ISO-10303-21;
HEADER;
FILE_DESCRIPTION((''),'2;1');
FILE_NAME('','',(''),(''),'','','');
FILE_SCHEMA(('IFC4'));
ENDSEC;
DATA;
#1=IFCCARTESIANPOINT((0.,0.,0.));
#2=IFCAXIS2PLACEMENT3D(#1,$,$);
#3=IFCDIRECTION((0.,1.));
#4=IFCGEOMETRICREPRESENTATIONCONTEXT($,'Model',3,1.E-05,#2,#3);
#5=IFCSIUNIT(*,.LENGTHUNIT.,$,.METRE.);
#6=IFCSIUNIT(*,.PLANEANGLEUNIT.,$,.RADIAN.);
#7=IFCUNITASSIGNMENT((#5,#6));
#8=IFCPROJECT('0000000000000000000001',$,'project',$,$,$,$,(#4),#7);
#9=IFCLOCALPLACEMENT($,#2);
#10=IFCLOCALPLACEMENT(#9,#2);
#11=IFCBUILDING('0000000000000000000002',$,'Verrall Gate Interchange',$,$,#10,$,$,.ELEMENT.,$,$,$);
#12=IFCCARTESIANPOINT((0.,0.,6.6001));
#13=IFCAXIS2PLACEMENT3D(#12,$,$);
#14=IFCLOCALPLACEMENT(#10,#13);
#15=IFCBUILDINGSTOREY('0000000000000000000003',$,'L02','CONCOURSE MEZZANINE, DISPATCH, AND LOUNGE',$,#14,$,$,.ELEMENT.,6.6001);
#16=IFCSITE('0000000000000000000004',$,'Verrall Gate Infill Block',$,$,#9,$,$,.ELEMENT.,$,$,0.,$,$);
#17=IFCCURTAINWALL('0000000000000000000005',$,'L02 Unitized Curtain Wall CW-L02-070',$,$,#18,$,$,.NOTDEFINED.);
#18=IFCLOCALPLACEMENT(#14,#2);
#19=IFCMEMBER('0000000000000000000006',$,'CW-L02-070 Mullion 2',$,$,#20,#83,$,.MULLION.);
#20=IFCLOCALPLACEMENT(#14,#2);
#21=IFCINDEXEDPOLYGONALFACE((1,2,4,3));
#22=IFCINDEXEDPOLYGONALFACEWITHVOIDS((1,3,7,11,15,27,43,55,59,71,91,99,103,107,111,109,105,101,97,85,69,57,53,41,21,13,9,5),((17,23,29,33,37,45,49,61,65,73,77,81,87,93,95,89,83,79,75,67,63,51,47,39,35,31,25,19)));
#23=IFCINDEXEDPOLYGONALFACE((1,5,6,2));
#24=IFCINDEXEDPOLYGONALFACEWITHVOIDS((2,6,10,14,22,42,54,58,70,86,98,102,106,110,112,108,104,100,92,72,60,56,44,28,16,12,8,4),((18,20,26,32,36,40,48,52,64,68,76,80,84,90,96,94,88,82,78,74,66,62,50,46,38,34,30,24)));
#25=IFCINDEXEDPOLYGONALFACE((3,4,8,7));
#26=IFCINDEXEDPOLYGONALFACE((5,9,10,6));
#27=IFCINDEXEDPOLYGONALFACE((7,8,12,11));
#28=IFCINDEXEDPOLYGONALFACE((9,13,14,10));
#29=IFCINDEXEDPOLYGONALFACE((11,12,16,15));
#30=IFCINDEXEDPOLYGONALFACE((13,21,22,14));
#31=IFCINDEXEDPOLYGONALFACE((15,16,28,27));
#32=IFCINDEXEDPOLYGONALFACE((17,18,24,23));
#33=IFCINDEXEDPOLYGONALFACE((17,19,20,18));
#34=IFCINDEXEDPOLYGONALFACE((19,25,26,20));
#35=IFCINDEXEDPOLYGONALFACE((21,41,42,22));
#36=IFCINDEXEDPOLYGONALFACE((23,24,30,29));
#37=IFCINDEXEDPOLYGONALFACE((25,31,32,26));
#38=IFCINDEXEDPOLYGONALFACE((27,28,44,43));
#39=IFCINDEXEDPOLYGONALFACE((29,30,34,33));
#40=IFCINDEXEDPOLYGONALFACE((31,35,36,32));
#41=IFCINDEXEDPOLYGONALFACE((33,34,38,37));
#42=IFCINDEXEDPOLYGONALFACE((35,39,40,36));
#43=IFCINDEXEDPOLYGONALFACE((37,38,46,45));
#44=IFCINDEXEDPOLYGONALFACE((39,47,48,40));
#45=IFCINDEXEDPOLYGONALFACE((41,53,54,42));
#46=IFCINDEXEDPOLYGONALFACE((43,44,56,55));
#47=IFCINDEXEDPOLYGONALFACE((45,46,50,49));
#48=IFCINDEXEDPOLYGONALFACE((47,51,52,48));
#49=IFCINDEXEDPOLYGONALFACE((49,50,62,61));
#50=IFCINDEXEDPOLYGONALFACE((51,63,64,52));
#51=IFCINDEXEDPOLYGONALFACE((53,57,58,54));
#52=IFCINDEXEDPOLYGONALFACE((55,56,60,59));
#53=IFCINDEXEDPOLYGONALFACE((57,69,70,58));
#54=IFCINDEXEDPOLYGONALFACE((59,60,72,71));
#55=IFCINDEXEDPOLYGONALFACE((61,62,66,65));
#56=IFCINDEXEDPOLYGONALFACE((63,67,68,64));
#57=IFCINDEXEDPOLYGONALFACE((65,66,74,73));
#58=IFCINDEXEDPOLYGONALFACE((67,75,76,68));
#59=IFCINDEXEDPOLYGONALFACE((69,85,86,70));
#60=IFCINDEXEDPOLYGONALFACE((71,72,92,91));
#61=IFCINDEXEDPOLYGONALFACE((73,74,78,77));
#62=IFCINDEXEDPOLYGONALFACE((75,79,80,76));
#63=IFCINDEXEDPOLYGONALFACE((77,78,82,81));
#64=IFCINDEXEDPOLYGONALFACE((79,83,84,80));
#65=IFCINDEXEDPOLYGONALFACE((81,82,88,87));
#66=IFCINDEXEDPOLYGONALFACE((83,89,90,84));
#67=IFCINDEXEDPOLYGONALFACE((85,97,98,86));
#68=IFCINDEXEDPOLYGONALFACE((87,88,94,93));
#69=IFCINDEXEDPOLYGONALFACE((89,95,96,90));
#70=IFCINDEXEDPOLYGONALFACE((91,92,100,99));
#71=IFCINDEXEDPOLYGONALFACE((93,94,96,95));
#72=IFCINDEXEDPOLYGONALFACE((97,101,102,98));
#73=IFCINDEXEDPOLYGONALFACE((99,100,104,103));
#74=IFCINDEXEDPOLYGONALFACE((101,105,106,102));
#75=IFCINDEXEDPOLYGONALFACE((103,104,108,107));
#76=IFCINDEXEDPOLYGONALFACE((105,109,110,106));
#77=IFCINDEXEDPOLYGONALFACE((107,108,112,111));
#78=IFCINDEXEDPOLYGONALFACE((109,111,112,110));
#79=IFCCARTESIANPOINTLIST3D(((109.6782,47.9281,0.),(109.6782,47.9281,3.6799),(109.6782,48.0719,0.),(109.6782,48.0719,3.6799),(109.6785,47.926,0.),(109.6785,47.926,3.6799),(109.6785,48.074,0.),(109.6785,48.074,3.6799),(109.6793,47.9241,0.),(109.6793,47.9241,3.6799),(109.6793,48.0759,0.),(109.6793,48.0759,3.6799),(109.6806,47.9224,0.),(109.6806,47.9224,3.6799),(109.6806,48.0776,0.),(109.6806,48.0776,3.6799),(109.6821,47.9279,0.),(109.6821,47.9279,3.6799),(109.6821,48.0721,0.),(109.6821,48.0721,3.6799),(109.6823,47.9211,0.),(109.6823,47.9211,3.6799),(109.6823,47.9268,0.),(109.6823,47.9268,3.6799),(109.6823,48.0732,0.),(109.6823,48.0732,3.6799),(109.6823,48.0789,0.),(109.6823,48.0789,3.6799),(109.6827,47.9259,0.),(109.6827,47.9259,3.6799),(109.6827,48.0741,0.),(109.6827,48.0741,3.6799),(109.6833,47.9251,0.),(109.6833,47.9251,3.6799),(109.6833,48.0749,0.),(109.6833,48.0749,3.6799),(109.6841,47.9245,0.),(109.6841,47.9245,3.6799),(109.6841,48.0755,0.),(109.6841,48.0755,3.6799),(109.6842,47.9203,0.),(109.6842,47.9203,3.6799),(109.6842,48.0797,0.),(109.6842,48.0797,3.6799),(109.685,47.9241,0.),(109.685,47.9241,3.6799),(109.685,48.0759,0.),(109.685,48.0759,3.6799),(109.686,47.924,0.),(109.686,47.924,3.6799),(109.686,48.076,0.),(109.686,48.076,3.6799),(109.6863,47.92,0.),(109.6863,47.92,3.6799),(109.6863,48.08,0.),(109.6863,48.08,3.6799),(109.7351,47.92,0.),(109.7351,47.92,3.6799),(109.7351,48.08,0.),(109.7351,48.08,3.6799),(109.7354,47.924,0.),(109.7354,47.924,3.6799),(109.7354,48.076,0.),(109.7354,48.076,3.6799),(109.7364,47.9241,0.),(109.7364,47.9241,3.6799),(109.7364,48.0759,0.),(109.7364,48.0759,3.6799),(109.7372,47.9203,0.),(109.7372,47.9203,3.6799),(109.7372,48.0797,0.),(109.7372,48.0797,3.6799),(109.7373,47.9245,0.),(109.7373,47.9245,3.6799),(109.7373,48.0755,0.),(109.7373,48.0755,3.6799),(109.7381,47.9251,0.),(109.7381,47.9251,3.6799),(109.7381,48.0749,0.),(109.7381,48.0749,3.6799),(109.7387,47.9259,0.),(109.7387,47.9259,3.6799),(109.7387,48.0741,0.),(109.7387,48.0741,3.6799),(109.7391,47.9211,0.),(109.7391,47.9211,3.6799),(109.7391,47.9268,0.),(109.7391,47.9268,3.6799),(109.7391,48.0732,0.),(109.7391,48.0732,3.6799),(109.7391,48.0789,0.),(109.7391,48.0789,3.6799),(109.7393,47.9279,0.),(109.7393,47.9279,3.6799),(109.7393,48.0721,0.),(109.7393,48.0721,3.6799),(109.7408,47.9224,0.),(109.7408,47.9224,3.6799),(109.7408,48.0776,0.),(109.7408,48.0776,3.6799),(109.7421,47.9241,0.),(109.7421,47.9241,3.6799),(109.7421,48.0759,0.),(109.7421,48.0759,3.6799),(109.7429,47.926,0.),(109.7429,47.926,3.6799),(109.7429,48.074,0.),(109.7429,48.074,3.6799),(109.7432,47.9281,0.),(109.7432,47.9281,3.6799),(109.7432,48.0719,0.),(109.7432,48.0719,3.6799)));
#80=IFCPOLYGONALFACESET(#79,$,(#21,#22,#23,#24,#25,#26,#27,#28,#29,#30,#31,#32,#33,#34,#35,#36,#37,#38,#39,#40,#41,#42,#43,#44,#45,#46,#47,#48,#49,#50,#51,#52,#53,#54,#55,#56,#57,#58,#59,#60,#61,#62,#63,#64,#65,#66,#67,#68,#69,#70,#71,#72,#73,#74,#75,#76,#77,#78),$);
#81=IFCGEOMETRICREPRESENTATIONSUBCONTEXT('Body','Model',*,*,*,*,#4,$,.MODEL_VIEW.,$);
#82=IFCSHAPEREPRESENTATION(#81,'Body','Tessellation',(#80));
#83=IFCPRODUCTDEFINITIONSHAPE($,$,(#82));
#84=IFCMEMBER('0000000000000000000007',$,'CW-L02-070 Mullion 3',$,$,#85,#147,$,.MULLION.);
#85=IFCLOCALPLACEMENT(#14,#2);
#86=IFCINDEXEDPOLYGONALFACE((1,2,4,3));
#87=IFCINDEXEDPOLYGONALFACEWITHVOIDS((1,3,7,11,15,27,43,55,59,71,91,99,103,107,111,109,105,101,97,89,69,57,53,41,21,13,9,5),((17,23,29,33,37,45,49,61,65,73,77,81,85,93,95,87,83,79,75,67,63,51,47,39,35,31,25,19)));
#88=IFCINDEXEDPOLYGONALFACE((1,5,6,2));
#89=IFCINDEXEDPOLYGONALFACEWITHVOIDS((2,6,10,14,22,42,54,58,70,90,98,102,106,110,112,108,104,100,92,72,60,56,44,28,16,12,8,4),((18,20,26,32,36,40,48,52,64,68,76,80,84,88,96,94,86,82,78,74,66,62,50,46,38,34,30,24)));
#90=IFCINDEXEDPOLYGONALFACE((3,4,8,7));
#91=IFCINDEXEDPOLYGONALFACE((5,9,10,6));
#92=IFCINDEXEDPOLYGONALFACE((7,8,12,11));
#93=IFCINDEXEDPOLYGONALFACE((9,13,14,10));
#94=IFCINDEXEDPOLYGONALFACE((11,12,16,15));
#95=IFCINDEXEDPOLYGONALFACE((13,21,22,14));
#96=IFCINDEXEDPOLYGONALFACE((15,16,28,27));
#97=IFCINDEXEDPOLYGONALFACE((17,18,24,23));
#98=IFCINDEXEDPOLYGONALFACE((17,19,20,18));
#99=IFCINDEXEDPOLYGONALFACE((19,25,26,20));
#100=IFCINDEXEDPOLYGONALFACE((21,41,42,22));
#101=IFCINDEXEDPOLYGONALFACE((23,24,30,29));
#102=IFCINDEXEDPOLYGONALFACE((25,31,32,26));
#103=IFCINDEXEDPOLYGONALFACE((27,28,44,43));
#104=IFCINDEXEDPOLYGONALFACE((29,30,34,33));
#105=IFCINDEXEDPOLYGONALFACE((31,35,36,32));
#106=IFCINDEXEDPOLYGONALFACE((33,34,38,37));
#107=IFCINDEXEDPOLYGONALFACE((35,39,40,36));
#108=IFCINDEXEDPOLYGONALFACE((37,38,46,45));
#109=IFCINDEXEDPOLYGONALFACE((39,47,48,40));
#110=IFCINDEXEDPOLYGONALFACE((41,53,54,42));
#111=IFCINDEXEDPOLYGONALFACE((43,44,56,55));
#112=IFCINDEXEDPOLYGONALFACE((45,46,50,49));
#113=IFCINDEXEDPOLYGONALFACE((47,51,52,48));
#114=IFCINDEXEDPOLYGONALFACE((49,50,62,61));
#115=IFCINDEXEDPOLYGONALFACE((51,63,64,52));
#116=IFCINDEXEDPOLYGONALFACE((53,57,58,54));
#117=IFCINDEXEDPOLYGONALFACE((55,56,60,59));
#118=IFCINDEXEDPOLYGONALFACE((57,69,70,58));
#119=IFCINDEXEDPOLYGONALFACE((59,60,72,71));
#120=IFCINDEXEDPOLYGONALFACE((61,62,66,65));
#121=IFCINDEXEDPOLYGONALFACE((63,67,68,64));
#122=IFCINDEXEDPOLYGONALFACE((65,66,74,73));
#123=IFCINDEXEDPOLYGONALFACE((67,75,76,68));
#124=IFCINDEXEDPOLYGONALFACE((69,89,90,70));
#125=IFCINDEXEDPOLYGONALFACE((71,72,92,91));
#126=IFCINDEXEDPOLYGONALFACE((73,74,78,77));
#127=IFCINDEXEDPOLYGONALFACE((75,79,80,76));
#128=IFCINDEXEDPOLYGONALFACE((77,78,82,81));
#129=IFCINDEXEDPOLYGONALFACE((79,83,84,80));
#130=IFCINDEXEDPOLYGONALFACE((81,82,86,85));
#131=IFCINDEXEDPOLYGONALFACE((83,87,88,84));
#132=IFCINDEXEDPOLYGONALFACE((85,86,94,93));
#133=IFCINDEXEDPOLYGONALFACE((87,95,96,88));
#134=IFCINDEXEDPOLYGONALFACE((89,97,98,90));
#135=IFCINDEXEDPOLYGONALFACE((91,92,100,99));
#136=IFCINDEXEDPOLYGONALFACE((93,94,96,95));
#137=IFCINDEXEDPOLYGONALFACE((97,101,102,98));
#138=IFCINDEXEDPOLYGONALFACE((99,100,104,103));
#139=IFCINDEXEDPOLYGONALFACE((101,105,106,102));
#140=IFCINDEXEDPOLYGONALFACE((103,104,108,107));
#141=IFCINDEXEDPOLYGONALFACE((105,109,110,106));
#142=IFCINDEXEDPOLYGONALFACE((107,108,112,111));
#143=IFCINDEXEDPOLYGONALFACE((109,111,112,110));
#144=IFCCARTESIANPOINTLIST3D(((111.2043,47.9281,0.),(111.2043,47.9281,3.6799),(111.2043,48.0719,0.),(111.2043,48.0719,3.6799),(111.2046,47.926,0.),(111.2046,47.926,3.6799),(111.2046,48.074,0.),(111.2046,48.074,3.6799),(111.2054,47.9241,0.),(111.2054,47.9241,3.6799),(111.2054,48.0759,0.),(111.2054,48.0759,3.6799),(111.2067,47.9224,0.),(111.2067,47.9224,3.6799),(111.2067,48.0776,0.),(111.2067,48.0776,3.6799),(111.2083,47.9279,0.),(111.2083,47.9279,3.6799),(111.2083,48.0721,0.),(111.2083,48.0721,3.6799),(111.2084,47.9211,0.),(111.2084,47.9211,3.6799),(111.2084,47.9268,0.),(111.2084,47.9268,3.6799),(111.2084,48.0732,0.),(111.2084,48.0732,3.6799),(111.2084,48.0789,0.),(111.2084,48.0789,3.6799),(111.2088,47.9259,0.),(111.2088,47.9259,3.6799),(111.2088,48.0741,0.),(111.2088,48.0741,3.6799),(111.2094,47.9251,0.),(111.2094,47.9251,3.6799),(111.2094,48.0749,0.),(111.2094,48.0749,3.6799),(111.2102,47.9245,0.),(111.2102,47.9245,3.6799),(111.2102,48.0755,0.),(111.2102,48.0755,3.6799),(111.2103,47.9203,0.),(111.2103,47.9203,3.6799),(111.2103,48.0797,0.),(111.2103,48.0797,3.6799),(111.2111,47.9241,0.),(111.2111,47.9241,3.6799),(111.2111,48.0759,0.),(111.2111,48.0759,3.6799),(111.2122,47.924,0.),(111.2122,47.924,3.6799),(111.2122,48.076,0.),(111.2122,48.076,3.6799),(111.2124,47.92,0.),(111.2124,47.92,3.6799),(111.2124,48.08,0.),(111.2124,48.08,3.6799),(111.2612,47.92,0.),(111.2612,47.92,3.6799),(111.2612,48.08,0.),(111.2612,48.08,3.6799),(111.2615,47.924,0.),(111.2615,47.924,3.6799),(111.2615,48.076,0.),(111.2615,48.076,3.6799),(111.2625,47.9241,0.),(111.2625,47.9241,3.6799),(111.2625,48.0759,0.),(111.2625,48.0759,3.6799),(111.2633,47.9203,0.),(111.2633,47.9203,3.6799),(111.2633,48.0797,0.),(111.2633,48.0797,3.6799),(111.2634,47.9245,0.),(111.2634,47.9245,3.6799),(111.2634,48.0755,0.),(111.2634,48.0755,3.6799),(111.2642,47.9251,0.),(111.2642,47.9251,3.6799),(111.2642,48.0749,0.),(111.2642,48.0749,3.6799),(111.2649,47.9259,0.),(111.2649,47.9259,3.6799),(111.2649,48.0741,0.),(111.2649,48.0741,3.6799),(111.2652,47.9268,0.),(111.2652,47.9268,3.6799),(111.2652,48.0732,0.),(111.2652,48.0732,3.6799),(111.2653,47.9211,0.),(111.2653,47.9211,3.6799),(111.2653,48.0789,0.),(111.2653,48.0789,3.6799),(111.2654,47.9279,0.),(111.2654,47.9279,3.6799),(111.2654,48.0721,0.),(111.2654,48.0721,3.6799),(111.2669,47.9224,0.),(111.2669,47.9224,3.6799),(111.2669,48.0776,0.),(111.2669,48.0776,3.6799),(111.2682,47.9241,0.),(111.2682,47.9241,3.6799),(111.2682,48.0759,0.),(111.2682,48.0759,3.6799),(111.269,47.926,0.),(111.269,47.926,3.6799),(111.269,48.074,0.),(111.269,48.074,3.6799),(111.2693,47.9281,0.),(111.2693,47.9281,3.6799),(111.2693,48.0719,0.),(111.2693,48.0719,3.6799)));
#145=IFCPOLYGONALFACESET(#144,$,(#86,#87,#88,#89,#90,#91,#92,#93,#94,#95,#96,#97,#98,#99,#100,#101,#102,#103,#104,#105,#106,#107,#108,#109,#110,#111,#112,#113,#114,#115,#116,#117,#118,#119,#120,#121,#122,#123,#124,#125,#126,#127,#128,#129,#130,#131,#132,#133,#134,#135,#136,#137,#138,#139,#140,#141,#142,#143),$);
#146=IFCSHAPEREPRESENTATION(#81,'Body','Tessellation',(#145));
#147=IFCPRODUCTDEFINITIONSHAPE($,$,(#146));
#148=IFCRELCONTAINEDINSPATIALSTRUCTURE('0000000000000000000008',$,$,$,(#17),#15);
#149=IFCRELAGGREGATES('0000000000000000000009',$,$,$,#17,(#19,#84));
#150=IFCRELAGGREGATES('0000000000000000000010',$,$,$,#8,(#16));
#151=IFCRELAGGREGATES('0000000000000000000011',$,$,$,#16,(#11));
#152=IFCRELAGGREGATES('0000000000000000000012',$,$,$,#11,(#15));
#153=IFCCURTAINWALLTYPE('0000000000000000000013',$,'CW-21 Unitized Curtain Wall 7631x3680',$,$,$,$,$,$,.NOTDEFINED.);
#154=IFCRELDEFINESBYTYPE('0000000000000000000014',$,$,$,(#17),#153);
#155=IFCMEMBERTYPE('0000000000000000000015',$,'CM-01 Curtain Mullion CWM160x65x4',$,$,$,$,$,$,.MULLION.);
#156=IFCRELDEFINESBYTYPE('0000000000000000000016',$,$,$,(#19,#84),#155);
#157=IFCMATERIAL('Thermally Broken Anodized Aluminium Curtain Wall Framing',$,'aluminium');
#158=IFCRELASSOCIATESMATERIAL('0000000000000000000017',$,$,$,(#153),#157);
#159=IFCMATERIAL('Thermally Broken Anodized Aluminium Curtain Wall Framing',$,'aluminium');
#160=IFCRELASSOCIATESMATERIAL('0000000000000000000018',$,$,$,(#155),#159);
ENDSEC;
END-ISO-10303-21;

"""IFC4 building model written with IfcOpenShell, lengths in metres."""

from ifc_helpers import new_model, si_unit, direction, frame, origin, origin_2d, place, context, subcontext, project, spatial, hollow_rectangle, extrude, material, material_profile, profile_set, type_object, element, aggregate, save


model = new_model("IFC4")

# Units and contexts
model_context = context("Model", 3, precision=1e-05, world=origin(), true_north=direction((0.0, 1.0)))
body_context = subcontext(model_context, "Body", "Model", "MODEL_VIEW")
ifc_project = project(units=[si_unit("LENGTHUNIT", "METRE"), si_unit("PLANEANGLEUNIT", "RADIAN")], contexts=[model_context])

# Site, building, storey
site_placement = place(None, origin())
site = spatial("IfcSite", under=ifc_project, at=site_placement, Name="Verrall Gate Infill Block", CompositionType="ELEMENT", RefElevation=0.0)
building_placement = place(site_placement, origin())
building = spatial("IfcBuilding", under=site, at=building_placement, Name="Verrall Gate Interchange", CompositionType="ELEMENT")
storey_placement = place(building_placement, frame((0.0, 0.0, 6.6001)))
storey = spatial("IfcBuildingStorey", under=building, at=storey_placement, Name="L02", Description="CONCOURSE MEZZANINE, DISPATCH, AND LOUNGE", CompositionType="ELEMENT", Elevation=6.6001)

# Curtain wall, members
ifc_material_1 = material(Name="Thermally Broken Anodized Aluminium Curtain Wall Framing", Category="aluminium")
curtain_wall_type_1 = type_object("IfcCurtainWallType", Name="CW-21 Unitized Curtain Wall 7631x3680", PredefinedType="NOTDEFINED", material=ifc_material_1)
curtain_wall_1_placement = place(storey_placement, origin())
curtain_wall_1 = element("IfcCurtainWall", 1, at=curtain_wall_1_placement, inside=storey, type_object=curtain_wall_type_1, Name="L02 Unitized Curtain Wall CW-L02-070", PredefinedType="NOTDEFINED")
ifc_material_2 = material(Name="Thermally Broken Anodized Aluminium Curtain Wall Framing", Category="aluminium")
ifc_material_profile_1 = material_profile(ifc_material_2, hollow_rectangle(XDim=0.0649, YDim=0.1599, WallThickness=0.0039, InnerFilletRadius=0.0039, OuterFilletRadius=0.0081, at=origin_2d()), Name="CWM160x65x4")
ifc_profile_set_1 = profile_set([ifc_material_profile_1], Name="Thermally Broken Anodized Aluminium Curtain Wall Framing")
member_type_1 = type_object("IfcMemberType", Name="CM-01 Curtain Mullion CWM160x65x4", PredefinedType="MULLION", material=ifc_profile_set_1)
member_1_placement = place(storey_placement, frame((109.7107, 48.0, 0.0), z_axis=(0.0, 0.0, 1.0), x_axis=(1.0, 0.0, 0.0)))
member_1 = element("IfcMember", 2, at=member_1_placement, type_object=member_type_1, Name="CW-L02-070 Mullion 2", PredefinedType="MULLION", context=body_context, shape_type="SweptSolid", body=[
    extrude(hollow_rectangle(XDim=0.0649, YDim=0.1599, WallThickness=0.0039, InnerFilletRadius=0.0039, OuterFilletRadius=0.0081, at=origin_2d()), origin(), (0.0, 0.0, 1.0), 3.6799),
])
member_2_placement = place(storey_placement, frame((111.2368, 48.0, 0.0), z_axis=(0.0, 0.0, 1.0), x_axis=(1.0, 0.0, 0.0)))
member_2 = element("IfcMember", 3, at=member_2_placement, type_object=member_type_1, Name="CW-L02-070 Mullion 3", PredefinedType="MULLION", context=body_context, shape_type="SweptSolid", body=[
    extrude(hollow_rectangle(XDim=0.0649, YDim=0.1599, WallThickness=0.0039, InnerFilletRadius=0.0039, OuterFilletRadius=0.0081, at=origin_2d()), origin(), (0.0, 0.0, 1.0), 3.6799),
])

aggregate(curtain_wall_1, [member_1, member_2])

save(model, "model.ifc")
